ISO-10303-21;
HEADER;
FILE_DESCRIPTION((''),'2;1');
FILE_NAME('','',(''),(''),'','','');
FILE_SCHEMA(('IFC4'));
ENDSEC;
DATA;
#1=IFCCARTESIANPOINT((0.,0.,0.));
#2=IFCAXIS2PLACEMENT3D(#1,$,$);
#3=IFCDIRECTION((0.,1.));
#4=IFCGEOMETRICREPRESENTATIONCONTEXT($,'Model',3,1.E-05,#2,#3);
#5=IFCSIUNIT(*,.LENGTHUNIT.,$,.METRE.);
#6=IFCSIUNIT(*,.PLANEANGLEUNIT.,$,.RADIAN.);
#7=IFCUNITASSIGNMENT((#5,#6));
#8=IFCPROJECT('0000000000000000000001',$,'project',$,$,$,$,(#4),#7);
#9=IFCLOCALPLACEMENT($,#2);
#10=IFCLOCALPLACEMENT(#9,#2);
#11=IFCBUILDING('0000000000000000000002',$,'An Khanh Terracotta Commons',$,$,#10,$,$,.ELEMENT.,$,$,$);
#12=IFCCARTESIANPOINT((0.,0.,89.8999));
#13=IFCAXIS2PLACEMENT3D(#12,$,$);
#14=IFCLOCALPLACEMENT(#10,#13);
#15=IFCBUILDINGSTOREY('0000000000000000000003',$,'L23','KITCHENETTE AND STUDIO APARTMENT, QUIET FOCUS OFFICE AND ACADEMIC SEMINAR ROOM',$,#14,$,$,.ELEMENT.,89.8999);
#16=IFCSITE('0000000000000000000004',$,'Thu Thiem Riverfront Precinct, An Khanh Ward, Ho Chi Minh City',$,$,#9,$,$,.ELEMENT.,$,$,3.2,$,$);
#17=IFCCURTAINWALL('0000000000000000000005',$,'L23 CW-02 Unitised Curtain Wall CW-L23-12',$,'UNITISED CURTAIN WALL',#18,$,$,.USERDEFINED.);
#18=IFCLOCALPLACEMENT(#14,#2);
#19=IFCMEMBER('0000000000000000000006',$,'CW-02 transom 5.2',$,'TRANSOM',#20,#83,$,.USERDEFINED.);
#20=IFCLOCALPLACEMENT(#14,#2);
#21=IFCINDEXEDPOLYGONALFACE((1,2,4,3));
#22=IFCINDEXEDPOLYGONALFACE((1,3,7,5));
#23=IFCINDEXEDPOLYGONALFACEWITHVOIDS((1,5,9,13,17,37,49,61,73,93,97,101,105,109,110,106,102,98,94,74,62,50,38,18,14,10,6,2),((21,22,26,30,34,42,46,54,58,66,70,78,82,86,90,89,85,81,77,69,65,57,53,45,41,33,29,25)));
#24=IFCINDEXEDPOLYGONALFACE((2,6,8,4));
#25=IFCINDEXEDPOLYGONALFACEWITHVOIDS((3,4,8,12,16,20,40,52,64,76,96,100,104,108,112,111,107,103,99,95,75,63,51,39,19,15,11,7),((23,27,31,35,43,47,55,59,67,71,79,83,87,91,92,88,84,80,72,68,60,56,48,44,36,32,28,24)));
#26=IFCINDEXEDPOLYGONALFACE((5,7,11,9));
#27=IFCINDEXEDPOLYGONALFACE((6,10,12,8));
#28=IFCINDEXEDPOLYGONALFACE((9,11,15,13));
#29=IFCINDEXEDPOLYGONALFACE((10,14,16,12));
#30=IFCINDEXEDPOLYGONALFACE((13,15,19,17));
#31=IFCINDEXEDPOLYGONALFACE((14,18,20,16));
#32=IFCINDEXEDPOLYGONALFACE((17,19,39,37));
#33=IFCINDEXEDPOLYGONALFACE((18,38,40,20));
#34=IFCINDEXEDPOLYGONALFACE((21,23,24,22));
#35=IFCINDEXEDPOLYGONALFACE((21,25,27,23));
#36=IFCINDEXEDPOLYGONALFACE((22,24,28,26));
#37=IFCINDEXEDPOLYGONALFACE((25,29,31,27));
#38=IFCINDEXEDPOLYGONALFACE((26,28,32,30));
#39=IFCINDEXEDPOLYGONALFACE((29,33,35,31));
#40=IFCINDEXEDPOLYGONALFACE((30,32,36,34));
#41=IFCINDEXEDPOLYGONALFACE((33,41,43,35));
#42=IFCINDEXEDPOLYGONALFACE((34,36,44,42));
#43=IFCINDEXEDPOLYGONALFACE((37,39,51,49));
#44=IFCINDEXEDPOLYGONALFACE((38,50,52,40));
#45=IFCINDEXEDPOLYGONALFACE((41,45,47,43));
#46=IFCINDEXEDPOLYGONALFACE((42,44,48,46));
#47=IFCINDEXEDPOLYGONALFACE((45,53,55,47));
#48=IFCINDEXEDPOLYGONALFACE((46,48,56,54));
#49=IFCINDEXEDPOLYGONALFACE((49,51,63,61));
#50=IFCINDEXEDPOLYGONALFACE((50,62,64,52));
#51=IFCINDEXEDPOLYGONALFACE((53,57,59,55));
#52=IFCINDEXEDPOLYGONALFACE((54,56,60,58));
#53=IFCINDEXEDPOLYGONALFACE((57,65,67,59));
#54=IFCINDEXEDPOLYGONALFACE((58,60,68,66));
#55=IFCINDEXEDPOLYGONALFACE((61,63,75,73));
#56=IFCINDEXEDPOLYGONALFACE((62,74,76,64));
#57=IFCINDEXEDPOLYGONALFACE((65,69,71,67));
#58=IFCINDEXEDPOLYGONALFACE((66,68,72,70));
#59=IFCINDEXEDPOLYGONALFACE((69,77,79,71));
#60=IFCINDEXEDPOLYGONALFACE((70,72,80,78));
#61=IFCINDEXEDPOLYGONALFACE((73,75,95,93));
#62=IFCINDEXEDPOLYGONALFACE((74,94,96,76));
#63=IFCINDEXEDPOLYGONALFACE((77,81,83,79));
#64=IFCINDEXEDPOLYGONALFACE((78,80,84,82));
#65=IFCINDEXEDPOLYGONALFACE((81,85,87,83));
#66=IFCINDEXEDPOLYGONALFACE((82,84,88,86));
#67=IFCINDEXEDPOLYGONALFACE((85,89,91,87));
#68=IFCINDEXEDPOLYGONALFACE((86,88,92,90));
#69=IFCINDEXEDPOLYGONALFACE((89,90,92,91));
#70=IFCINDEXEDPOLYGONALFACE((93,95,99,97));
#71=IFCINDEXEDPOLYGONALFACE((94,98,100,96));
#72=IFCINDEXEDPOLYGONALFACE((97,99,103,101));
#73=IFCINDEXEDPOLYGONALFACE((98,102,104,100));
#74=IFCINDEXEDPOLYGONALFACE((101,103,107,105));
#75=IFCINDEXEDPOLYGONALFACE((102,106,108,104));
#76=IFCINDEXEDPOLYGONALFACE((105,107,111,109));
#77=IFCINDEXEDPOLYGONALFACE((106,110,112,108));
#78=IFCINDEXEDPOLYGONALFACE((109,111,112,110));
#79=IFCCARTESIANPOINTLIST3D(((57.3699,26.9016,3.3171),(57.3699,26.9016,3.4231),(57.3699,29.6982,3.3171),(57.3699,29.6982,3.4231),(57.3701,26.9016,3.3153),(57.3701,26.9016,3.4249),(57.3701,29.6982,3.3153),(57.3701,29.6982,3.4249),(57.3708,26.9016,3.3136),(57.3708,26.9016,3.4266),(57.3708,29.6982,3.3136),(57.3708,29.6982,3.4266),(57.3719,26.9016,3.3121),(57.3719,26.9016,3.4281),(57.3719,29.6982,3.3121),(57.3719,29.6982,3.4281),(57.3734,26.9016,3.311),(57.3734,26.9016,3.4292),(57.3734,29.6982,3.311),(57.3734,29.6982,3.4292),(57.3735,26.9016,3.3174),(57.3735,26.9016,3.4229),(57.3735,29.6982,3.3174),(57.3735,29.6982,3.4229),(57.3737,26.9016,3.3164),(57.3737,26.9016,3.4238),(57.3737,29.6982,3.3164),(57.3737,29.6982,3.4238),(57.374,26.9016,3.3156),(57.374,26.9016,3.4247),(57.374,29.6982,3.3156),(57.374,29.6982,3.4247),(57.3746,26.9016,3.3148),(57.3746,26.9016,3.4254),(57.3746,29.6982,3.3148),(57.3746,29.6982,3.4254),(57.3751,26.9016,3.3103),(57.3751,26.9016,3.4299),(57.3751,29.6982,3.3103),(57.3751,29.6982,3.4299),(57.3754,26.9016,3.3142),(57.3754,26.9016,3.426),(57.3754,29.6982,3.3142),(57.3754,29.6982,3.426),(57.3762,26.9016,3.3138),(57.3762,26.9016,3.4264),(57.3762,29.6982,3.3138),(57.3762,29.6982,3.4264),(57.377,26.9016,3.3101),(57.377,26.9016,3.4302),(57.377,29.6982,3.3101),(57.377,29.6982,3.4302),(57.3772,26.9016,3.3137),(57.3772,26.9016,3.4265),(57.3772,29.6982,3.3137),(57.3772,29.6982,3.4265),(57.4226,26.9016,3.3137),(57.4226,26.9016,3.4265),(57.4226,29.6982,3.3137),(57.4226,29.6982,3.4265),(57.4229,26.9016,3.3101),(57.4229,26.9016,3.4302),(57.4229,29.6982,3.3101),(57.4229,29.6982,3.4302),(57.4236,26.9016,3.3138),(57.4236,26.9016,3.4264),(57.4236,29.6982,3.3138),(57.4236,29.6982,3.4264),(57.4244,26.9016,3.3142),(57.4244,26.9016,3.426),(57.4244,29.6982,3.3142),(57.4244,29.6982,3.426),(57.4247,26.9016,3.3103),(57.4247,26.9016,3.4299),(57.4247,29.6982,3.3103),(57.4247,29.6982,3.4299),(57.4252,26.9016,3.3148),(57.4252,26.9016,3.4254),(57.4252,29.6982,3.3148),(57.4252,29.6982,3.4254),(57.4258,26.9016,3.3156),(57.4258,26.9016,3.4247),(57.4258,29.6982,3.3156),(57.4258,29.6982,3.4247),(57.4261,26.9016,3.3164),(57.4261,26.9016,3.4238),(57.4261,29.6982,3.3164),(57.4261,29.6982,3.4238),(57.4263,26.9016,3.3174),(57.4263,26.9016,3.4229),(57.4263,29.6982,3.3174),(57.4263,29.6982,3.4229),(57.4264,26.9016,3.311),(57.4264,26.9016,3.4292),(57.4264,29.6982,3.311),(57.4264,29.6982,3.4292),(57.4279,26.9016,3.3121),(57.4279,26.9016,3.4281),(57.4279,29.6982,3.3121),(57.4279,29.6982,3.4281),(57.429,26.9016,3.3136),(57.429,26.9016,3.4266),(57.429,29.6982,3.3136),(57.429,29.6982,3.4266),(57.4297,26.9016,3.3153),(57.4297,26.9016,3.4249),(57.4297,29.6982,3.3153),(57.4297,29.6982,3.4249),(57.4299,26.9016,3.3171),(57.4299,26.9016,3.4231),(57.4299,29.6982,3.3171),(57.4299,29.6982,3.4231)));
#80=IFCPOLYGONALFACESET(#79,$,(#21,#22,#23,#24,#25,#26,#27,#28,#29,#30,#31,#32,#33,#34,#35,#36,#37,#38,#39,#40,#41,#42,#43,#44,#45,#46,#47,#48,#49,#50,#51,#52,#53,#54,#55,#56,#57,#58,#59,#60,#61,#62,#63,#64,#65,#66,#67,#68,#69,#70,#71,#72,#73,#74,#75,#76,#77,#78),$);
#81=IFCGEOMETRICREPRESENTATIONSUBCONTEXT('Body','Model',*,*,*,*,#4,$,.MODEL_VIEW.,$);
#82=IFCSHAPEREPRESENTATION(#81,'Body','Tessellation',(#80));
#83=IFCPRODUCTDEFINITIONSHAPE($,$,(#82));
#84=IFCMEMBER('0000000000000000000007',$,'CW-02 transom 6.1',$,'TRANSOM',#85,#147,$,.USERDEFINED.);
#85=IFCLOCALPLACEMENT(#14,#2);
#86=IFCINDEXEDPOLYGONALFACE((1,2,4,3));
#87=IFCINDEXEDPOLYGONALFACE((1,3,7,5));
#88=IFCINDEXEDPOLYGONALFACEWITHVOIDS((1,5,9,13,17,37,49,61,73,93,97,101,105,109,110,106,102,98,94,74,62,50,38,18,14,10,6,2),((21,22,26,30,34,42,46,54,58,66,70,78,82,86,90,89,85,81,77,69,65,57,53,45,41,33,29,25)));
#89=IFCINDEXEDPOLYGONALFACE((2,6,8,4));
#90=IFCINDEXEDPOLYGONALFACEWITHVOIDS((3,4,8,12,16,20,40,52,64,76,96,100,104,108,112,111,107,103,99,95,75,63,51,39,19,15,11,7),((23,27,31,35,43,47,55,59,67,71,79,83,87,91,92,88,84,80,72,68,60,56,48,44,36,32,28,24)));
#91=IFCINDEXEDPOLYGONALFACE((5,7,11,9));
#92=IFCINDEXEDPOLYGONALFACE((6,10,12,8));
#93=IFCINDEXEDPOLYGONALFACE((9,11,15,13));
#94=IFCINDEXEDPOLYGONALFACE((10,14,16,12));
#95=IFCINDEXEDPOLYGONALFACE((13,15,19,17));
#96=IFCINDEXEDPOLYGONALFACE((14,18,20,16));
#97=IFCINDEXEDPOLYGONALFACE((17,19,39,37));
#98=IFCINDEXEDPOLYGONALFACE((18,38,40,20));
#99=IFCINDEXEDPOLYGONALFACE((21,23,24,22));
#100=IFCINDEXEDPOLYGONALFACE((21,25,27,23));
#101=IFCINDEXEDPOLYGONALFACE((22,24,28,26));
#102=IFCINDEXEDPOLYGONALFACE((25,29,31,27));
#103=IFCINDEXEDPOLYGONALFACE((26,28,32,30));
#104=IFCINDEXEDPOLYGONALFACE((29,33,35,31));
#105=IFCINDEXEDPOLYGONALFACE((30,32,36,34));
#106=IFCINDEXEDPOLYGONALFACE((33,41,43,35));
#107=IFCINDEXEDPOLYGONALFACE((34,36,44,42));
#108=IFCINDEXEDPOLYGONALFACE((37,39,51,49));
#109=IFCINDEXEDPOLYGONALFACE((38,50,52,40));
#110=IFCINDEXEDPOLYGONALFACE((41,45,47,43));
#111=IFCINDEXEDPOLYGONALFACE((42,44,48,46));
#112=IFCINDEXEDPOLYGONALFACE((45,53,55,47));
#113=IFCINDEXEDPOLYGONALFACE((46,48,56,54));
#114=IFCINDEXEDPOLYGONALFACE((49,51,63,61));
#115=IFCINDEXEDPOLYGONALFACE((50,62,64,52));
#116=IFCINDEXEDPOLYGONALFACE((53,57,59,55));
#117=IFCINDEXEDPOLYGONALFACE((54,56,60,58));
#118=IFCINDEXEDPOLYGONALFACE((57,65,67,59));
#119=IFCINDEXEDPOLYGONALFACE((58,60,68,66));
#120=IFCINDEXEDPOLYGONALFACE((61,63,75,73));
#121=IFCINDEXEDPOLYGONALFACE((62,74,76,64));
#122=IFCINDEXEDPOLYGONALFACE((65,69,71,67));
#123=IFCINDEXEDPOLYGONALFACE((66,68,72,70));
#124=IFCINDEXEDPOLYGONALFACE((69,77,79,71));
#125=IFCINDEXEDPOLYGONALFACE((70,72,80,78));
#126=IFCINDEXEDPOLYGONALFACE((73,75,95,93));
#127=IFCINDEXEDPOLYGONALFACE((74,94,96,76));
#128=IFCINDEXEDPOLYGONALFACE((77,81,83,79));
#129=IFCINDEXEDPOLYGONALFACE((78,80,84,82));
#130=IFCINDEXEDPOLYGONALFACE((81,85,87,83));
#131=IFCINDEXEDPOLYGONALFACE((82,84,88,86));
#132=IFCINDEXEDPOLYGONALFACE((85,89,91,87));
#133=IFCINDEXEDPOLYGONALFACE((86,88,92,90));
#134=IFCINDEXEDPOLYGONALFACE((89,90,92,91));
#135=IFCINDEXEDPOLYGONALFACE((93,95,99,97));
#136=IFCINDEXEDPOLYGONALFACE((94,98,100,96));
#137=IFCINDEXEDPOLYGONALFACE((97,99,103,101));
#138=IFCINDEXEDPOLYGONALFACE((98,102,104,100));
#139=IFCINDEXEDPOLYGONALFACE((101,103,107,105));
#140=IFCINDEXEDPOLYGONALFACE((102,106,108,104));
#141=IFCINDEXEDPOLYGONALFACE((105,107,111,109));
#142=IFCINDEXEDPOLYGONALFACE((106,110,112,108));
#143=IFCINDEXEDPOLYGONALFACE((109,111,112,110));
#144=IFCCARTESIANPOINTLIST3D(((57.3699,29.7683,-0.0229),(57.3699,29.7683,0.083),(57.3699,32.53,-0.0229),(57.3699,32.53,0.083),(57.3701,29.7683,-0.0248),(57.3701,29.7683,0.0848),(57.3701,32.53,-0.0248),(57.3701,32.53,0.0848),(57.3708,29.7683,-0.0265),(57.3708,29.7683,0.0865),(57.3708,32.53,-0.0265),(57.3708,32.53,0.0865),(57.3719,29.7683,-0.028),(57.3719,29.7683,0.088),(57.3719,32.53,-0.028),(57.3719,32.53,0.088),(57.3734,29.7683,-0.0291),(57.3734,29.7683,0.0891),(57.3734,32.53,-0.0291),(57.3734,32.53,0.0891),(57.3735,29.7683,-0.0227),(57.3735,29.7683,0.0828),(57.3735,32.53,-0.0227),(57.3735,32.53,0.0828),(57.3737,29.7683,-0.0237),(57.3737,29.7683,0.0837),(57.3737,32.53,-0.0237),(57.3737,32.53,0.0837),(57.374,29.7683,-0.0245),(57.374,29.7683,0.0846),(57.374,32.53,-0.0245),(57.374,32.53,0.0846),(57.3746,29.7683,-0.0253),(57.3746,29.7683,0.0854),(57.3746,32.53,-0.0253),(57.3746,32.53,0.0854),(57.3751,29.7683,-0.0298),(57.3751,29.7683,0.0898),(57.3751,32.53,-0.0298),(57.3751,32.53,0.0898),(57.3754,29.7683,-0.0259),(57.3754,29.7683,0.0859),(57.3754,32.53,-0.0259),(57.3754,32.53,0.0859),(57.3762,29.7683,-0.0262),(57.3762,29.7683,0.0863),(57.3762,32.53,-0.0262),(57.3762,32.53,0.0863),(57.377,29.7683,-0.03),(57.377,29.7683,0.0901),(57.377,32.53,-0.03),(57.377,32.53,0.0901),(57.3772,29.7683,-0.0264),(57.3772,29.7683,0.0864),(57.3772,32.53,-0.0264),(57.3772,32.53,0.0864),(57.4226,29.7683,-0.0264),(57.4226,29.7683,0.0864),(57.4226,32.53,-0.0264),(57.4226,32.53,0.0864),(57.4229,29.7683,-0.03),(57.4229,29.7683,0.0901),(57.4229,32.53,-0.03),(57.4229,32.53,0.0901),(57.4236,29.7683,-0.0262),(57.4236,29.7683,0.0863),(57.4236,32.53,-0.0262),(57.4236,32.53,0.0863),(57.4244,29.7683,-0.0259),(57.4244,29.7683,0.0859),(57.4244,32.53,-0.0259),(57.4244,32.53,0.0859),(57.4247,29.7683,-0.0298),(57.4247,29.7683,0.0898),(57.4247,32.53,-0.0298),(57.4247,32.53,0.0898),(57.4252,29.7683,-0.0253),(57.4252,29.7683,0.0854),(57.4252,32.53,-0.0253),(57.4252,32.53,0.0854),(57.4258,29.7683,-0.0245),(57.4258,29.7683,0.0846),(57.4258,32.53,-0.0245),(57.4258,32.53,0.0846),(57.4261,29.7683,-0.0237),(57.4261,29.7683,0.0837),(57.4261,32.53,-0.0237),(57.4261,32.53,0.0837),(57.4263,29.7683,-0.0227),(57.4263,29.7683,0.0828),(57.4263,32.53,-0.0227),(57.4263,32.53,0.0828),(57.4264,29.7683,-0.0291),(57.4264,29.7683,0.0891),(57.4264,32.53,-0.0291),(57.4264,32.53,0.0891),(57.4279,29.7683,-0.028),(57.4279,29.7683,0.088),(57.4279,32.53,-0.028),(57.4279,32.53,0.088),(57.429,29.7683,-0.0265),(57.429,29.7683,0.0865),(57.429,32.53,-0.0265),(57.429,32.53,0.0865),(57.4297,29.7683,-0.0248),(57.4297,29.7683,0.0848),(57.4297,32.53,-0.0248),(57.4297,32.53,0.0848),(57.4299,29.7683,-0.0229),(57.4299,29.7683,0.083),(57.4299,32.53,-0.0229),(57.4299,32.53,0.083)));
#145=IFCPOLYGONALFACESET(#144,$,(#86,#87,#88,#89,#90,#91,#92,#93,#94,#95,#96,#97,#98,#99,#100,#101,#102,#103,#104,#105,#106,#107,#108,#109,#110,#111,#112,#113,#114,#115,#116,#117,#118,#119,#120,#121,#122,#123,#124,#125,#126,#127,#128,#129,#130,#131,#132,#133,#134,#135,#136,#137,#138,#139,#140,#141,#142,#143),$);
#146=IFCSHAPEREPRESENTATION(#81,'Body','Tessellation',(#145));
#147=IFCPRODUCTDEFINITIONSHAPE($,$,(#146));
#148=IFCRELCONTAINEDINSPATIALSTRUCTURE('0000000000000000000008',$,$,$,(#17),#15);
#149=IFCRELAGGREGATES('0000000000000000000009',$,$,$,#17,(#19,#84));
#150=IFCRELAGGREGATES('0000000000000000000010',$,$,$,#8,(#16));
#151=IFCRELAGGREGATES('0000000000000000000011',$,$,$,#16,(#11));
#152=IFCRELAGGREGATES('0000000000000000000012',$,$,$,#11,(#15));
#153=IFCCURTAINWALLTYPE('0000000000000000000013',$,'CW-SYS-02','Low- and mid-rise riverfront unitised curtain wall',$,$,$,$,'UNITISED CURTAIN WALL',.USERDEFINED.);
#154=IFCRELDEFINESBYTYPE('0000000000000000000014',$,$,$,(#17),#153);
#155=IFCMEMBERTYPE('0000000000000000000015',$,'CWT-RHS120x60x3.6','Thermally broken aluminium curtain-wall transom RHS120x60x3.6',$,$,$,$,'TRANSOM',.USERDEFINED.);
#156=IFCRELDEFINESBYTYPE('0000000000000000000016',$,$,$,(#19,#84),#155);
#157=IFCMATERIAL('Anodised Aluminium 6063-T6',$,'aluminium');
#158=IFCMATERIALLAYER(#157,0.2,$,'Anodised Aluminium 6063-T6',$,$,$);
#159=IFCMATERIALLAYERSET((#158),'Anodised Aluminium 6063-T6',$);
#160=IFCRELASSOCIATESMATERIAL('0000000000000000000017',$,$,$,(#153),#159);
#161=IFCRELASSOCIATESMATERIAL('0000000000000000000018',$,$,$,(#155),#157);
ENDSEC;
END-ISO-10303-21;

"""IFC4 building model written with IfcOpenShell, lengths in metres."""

from ifc_helpers import new_model, si_unit, direction, frame, origin, origin_2d, place, context, subcontext, project, spatial, hollow_rectangle, extrude, material, layer, layer_set, material_profile, profile_set, type_object, element, aggregate, save


model = new_model("IFC4")

# Units and contexts
model_context = context("Model", 3, precision=1e-05, world=origin(), true_north=direction((0.0, 1.0)))
body_context = subcontext(model_context, "Body", "Model", "MODEL_VIEW")
ifc_project = project(units=[si_unit("LENGTHUNIT", "METRE"), si_unit("PLANEANGLEUNIT", "RADIAN")], contexts=[model_context])

# Site, building, storey
site_placement = place(None, origin())
site = spatial("IfcSite", under=ifc_project, at=site_placement, Name="Thu Thiem Riverfront Precinct, An Khanh Ward, Ho Chi Minh City", CompositionType="ELEMENT", RefElevation=3.2)
building_placement = place(site_placement, origin())
building = spatial("IfcBuilding", under=site, at=building_placement, Name="An Khanh Terracotta Commons", CompositionType="ELEMENT")
storey_placement = place(building_placement, frame((0.0, 0.0, 89.8999)))
storey = spatial("IfcBuildingStorey", under=building, at=storey_placement, Name="L23", Description="KITCHENETTE AND STUDIO APARTMENT, QUIET FOCUS OFFICE AND ACADEMIC SEMINAR ROOM", CompositionType="ELEMENT", Elevation=89.8999)

# Curtain wall
ifc_material_1 = material(Name="Anodised Aluminium 6063-T6", Category="aluminium")
ifc_layer_1 = layer(ifc_material_1, 0.2, Name="Anodised Aluminium 6063-T6")
ifc_layer_set_1 = layer_set([ifc_layer_1], Name="Anodised Aluminium 6063-T6")
curtain_wall_type = type_object("IfcCurtainWallType", Name="CW-SYS-02", Description="Low- and mid-rise riverfront unitised curtain wall", ElementType="UNITISED CURTAIN WALL", PredefinedType="USERDEFINED", material=ifc_layer_set_1)
curtain_wall_1_placement = place(storey_placement, origin())
curtain_wall_1 = element("IfcCurtainWall", 1, at=curtain_wall_1_placement, inside=storey, type_object=curtain_wall_type, Name="L23 CW-02 Unitised Curtain Wall CW-L23-12", ObjectType="UNITISED CURTAIN WALL", PredefinedType="USERDEFINED")

# Members
ifc_material_profile_1 = material_profile(ifc_material_1, hollow_rectangle(XDim=0.0601, YDim=0.1201, WallThickness=0.0037, InnerFilletRadius=0.0037, OuterFilletRadius=0.0071, at=origin_2d()), Name="RHS120x60x3.6")
ifc_profile_set_1 = profile_set([ifc_material_profile_1], Name="Anodised Aluminium 6063-T6")
member_type_1 = type_object("IfcMemberType", Name="CWT-RHS120x60x3.6", Description="Thermally broken aluminium curtain-wall transom RHS120x60x3.6", ElementType="TRANSOM", PredefinedType="USERDEFINED", material=ifc_profile_set_1)
member_1_placement = place(storey_placement, frame((57.3999, 26.9016, 3.3701), z_axis=(0.0, 1.0, 0.0), x_axis=(-1.0, 0.0, 0.0)))
member_1 = element("IfcMember", 2, at=member_1_placement, type_object=member_type_1, Name="CW-02 transom 5.2", ObjectType="TRANSOM", PredefinedType="USERDEFINED", context=body_context, shape_type="SweptSolid", body=[
    extrude(hollow_rectangle(XDim=0.0601, YDim=0.1201, WallThickness=0.0037, InnerFilletRadius=0.0037, OuterFilletRadius=0.0071, at=origin_2d()), origin(), (0.0, 0.0, 1.0), 2.7966),
])
member_2_placement = place(storey_placement, frame((57.3999, 29.7683, 0.03), z_axis=(0.0, 1.0, 0.0), x_axis=(-1.0, 0.0, 0.0)))
member_2 = element("IfcMember", 3, at=member_2_placement, type_object=member_type_1, Name="CW-02 transom 6.1", ObjectType="TRANSOM", PredefinedType="USERDEFINED", context=body_context, shape_type="SweptSolid", body=[
    extrude(hollow_rectangle(XDim=0.0601, YDim=0.1201, WallThickness=0.0037, InnerFilletRadius=0.0037, OuterFilletRadius=0.0071, at=origin_2d()), origin(), (0.0, 0.0, 1.0), 2.7617),
])

aggregate(curtain_wall_1, [member_1, member_2])

save(model, "model.ifc")
